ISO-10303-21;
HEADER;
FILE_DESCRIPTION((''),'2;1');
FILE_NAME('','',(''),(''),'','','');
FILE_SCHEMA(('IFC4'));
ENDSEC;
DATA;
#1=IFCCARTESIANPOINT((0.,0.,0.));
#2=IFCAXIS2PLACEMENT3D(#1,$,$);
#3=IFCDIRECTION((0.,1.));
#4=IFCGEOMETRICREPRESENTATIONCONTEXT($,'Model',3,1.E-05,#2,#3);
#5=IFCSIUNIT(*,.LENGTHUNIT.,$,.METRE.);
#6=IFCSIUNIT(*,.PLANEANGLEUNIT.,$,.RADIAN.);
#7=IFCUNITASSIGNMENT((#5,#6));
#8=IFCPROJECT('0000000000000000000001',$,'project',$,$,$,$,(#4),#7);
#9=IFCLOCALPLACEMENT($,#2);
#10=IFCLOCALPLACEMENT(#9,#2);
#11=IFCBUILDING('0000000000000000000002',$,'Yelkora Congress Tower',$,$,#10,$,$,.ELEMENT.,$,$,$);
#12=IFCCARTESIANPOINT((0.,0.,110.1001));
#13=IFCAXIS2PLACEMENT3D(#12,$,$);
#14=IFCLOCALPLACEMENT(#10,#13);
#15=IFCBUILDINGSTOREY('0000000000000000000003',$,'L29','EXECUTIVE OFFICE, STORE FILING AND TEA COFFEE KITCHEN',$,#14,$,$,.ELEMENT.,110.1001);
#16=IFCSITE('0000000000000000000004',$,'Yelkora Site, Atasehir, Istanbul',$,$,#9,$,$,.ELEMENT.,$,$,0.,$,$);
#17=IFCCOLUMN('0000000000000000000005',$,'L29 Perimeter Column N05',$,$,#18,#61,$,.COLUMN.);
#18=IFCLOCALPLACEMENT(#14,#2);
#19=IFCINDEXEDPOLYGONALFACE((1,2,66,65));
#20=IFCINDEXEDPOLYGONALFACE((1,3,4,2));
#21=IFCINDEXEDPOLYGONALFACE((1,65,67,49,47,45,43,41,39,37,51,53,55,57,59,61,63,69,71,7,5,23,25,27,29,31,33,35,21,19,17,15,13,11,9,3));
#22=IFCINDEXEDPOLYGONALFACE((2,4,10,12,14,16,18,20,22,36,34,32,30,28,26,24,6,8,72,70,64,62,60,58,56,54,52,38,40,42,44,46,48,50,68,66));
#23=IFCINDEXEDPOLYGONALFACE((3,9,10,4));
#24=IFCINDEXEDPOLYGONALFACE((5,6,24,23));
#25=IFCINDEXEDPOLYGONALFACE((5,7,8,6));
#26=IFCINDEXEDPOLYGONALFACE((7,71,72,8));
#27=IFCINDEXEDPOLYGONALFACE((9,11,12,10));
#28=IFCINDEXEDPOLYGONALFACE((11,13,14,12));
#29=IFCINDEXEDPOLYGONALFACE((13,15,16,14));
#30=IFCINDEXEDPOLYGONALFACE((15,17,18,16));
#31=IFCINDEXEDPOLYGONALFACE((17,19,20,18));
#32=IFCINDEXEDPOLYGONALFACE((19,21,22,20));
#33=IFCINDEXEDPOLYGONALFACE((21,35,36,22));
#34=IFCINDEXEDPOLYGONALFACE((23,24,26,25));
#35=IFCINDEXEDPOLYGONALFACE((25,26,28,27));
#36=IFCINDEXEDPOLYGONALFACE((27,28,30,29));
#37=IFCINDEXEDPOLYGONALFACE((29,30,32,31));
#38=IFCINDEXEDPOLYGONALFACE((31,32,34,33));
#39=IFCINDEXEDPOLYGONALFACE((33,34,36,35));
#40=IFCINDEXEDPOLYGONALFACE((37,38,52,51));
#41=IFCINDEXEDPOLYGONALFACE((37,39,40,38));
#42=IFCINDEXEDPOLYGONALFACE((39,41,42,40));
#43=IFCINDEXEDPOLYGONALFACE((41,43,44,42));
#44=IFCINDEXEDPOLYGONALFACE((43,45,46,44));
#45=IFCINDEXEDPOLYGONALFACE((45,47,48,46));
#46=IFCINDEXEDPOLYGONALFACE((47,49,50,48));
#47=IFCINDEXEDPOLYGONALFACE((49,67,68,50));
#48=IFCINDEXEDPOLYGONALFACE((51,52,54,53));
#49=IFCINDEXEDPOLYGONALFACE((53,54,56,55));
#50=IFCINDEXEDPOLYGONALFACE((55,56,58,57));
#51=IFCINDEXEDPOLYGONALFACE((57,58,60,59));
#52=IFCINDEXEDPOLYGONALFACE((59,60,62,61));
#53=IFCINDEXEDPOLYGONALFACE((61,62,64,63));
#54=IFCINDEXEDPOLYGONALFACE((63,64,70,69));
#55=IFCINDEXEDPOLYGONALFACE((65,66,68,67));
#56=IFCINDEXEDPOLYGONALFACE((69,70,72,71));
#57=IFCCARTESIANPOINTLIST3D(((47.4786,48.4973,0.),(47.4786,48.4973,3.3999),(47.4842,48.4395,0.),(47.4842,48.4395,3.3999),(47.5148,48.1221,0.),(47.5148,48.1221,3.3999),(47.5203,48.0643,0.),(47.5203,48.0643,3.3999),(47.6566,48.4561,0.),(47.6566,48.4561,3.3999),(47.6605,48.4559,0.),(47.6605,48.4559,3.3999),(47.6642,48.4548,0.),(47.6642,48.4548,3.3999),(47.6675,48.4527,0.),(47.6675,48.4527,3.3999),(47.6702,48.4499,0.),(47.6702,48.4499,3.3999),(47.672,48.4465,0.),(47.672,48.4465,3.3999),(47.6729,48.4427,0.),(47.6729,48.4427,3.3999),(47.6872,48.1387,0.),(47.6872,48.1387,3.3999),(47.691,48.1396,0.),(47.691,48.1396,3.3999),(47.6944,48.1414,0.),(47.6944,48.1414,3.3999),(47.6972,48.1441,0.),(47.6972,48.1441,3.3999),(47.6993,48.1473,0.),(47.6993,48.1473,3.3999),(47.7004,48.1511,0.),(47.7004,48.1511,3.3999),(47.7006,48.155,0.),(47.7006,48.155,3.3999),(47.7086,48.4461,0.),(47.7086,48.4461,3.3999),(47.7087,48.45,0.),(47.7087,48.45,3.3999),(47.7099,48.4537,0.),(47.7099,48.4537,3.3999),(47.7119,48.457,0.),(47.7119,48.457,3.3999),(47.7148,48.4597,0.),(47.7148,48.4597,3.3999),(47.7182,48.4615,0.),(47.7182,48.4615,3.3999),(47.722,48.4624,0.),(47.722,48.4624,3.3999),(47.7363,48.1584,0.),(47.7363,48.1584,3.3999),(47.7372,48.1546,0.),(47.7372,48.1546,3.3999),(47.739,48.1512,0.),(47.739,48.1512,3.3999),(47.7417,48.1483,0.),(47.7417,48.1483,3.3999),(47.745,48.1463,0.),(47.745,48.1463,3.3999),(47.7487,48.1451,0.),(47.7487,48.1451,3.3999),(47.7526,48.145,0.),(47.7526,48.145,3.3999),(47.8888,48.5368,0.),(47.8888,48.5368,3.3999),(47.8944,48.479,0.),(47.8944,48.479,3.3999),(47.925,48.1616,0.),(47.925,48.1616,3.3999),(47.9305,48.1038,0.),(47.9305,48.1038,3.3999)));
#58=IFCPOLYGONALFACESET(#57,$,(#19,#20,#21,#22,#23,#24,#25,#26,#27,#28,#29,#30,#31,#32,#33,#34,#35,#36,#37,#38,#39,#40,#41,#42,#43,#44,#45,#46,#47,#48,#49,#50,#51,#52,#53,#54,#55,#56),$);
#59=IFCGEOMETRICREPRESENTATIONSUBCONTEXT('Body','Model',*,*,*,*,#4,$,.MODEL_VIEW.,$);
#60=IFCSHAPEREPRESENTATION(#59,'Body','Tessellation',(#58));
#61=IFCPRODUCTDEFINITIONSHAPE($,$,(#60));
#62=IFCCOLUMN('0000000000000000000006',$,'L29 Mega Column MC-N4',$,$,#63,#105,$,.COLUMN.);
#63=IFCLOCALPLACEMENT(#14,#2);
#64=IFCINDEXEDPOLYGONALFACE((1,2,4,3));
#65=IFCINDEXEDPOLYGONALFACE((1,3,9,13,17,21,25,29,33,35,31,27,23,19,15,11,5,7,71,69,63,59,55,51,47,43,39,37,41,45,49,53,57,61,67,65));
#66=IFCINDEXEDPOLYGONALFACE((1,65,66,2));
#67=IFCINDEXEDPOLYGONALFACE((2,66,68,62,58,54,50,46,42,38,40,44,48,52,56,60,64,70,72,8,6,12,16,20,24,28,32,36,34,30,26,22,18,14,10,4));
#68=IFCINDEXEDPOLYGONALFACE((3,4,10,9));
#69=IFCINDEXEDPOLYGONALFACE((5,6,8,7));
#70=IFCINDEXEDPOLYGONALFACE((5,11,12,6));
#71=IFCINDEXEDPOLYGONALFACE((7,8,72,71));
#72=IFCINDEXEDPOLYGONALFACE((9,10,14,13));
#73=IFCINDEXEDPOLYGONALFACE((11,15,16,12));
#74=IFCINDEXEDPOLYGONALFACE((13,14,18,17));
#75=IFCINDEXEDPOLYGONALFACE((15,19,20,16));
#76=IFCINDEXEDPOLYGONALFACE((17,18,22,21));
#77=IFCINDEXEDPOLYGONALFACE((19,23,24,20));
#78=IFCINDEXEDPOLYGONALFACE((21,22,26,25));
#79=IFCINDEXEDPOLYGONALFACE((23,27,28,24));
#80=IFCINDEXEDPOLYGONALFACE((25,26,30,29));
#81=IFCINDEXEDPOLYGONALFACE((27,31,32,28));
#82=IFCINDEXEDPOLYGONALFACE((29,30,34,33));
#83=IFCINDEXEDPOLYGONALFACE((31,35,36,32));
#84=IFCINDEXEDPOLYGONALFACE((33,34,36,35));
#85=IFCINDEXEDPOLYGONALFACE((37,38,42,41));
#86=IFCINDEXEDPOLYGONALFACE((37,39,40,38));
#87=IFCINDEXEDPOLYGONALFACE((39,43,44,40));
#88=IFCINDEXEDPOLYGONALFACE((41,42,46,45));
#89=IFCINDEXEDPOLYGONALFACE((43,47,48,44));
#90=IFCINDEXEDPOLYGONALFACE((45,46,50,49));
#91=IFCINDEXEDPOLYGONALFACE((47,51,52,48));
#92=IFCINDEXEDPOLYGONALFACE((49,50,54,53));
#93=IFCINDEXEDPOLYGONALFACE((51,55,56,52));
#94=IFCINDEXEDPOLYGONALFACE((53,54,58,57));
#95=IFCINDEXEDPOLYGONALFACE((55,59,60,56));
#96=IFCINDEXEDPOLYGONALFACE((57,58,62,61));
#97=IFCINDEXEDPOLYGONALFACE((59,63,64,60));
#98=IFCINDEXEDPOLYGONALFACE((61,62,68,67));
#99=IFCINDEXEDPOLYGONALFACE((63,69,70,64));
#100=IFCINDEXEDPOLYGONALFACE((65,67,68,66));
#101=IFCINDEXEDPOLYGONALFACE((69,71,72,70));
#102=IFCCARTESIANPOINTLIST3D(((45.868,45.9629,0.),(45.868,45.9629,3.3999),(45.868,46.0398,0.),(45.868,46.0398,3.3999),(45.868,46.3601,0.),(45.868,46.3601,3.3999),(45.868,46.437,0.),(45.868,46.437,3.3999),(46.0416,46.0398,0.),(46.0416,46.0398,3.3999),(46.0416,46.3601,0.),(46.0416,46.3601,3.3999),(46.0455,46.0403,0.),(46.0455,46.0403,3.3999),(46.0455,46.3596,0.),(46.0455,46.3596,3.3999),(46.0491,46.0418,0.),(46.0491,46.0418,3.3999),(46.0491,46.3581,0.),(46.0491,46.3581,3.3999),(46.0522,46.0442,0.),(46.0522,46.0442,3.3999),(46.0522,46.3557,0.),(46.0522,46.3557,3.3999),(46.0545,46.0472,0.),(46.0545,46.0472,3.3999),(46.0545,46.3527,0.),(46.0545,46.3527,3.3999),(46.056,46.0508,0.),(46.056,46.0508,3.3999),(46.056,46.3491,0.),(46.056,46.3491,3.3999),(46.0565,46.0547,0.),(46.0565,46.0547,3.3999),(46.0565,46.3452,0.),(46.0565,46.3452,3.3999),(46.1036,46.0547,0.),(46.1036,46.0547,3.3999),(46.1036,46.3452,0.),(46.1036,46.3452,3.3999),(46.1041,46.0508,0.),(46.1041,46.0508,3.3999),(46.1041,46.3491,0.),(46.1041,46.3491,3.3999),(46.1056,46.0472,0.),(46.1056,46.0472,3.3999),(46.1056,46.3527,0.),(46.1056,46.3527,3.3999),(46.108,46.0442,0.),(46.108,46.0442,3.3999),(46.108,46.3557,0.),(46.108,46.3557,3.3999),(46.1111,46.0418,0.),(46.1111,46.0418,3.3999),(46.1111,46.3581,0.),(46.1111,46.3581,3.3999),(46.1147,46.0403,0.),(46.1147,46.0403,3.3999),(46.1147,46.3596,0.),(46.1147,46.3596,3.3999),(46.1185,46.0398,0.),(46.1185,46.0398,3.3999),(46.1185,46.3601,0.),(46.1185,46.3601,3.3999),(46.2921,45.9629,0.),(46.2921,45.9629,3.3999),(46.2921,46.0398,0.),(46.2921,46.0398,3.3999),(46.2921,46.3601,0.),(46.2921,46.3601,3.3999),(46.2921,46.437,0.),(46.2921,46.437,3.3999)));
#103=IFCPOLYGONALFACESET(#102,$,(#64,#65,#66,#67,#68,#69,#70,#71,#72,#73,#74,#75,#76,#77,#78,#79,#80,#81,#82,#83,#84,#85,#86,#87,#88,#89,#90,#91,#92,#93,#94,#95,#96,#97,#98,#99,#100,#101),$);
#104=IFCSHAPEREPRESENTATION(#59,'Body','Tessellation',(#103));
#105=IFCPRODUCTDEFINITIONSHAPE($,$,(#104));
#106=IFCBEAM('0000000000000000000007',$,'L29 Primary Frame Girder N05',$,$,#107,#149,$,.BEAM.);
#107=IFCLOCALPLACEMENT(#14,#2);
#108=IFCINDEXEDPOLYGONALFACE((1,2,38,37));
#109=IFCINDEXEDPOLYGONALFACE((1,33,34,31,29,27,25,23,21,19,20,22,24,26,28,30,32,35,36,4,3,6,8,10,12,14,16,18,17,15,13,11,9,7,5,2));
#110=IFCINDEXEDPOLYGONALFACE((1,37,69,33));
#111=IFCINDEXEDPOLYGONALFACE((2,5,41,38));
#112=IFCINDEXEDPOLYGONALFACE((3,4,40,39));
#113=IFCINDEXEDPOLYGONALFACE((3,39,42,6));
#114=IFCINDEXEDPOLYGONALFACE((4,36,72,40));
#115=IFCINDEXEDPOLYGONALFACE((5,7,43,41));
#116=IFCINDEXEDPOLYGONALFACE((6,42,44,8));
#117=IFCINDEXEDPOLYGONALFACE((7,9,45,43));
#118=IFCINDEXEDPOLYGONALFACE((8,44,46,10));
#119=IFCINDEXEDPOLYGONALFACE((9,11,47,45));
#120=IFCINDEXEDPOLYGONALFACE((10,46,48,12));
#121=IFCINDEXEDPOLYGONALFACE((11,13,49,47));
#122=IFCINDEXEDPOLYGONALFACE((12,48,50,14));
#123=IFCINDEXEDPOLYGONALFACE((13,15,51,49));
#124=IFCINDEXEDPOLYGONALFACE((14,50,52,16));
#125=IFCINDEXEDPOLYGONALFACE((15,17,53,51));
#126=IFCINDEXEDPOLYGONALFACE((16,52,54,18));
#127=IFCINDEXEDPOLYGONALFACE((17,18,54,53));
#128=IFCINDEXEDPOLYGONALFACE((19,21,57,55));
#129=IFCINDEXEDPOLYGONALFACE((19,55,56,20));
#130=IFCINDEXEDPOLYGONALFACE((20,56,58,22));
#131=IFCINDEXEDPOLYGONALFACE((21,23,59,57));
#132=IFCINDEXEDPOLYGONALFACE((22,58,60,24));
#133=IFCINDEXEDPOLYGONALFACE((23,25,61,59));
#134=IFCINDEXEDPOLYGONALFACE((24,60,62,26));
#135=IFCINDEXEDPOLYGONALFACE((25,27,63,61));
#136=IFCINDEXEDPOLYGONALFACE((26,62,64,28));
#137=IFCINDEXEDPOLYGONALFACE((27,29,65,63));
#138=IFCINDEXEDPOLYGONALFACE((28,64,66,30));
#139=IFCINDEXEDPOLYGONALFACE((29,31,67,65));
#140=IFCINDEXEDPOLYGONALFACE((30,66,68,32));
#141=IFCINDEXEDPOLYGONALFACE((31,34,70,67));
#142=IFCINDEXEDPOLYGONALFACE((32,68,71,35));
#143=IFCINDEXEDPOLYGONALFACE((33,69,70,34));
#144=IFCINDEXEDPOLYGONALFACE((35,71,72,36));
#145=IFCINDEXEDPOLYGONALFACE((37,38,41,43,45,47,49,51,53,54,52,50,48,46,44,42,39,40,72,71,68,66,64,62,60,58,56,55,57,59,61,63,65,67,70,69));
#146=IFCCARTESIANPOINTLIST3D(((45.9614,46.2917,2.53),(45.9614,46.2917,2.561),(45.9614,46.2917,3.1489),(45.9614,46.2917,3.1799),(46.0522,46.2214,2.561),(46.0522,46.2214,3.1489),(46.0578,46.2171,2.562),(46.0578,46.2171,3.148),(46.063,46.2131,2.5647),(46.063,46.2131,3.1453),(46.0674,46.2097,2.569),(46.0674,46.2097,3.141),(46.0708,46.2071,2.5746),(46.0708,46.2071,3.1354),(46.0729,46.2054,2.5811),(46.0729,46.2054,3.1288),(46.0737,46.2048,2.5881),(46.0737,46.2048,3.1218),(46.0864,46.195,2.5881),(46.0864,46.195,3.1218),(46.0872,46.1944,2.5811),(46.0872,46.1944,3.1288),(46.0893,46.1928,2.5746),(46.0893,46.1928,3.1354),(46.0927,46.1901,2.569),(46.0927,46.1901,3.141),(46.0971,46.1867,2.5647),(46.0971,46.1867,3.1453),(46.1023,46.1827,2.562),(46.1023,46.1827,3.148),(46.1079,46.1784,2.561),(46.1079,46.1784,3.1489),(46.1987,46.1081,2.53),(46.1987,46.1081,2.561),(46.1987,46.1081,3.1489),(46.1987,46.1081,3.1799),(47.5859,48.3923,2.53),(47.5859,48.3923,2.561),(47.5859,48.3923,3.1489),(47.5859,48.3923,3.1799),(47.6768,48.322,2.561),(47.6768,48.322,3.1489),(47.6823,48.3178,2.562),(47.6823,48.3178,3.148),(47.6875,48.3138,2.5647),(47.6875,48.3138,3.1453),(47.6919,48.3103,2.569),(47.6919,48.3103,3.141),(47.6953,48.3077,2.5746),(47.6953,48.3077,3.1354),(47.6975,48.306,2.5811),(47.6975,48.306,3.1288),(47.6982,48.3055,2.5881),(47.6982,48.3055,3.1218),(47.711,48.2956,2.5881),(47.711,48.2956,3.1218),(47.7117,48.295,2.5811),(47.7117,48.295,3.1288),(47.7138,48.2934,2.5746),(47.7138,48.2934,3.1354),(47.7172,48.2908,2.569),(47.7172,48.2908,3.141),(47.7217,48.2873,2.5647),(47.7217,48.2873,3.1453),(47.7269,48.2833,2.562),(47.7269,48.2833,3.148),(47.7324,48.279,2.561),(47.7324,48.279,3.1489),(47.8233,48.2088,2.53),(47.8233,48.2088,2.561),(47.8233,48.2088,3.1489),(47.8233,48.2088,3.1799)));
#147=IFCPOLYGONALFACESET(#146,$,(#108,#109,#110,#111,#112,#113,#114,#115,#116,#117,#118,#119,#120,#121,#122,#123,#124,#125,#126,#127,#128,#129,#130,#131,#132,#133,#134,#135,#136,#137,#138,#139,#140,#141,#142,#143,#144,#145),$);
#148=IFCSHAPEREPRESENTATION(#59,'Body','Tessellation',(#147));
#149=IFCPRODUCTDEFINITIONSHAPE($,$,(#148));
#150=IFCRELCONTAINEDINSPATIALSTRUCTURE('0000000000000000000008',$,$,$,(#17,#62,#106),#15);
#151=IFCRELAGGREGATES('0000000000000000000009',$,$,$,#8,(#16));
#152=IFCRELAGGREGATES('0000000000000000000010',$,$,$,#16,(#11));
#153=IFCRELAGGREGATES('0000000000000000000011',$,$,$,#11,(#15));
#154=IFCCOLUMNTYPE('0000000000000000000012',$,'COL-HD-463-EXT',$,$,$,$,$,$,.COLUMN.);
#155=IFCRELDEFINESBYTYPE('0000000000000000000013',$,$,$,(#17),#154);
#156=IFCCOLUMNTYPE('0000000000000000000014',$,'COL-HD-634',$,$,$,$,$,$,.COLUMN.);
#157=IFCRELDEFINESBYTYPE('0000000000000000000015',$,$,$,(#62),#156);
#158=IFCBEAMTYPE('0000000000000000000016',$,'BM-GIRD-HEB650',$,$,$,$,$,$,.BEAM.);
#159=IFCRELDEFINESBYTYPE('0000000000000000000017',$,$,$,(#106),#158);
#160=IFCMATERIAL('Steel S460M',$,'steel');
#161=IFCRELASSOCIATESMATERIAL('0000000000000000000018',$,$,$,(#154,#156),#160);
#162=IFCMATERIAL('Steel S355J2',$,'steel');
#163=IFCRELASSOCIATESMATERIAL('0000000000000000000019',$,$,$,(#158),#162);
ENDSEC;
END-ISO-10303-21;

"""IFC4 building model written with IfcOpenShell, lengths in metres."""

from ifc_helpers import new_model, si_unit, direction, frame, origin, origin_2d, place, context, subcontext, project, spatial, i_section, extrude, material, material_profile, profile_set, type_object, element, save


model = new_model("IFC4")

# Units and contexts
model_context = context("Model", 3, precision=1e-05, world=origin(), true_north=direction((0.0, 1.0)))
body_context = subcontext(model_context, "Body", "Model", "MODEL_VIEW")
ifc_project = project(units=[si_unit("LENGTHUNIT", "METRE"), si_unit("PLANEANGLEUNIT", "RADIAN")], contexts=[model_context])

# Site, building, storey
site_placement = place(None, origin())
site = spatial("IfcSite", under=ifc_project, at=site_placement, Name="Yelkora Site, Atasehir, Istanbul", CompositionType="ELEMENT", RefElevation=0.0)
building_placement = place(site_placement, origin())
building = spatial("IfcBuilding", under=site, at=building_placement, Name="Yelkora Congress Tower", CompositionType="ELEMENT")
storey_placement = place(building_placement, frame((0.0, 0.0, 110.1001)))
storey = spatial("IfcBuildingStorey", under=building, at=storey_placement, Name="L29", Description="EXECUTIVE OFFICE, STORE FILING AND TEA COFFEE KITCHEN", CompositionType="ELEMENT", Elevation=110.1001)

# Columns
ifc_material_1 = material(Name="Steel S460M", Category="steel")
ifc_material_profile_1 = material_profile(ifc_material_1, i_section(OverallWidth=0.4121, OverallDepth=0.4351, WebThickness=0.0359, FlangeThickness=0.0581, FilletRadius=0.0149, at=origin_2d()), Name="HD 400x463")
ifc_profile_set_1 = profile_set([ifc_material_profile_1], Name="Steel S460M")
column_type_1 = type_object("IfcColumnType", Name="COL-HD-463-EXT", PredefinedType="COLUMN", material=ifc_profile_set_1)
column_1_placement = place(storey_placement, frame((47.7046, 48.3005, 0.0), z_axis=(0.0, 0.0, 1.0), x_axis=(0.995396, 0.095846, 0.0)))
element("IfcColumn", 1, at=column_1_placement, inside=storey, type_object=column_type_1, Name="L29 Perimeter Column N05", PredefinedType="COLUMN", context=body_context, shape_type="SweptSolid", body=[
    extrude(i_section(OverallWidth=0.4121, OverallDepth=0.4351, WebThickness=0.0359, FlangeThickness=0.0581, FilletRadius=0.0149, at=origin_2d()), origin(), (0.0, 0.0, 1.0), 3.3999),
])
ifc_material_profile_2 = material_profile(ifc_material_1, i_section(OverallWidth=0.4241, OverallDepth=0.4741, WebThickness=0.0471, FlangeThickness=0.0769, FilletRadius=0.0149, at=origin_2d()), Name="HD 400x634")
ifc_profile_set_2 = profile_set([ifc_material_profile_2], Name="Steel S460M")
column_type_2 = type_object("IfcColumnType", Name="COL-HD-634", PredefinedType="COLUMN", material=ifc_profile_set_2)
column_2_placement = place(storey_placement, frame((46.0801, 46.2, 0.0), z_axis=(0.0, 0.0, 1.0), x_axis=(1.0, 0.0, 0.0)))
element("IfcColumn", 2, at=column_2_placement, inside=storey, type_object=column_type_2, Name="L29 Mega Column MC-N4", PredefinedType="COLUMN", context=body_context, shape_type="SweptSolid", body=[
    extrude(i_section(OverallWidth=0.4241, OverallDepth=0.4741, WebThickness=0.0471, FlangeThickness=0.0769, FilletRadius=0.0149, at=origin_2d()), origin(), (0.0, 0.0, 1.0), 3.3999),
])

# Beam
ifc_material_2 = material(Name="Steel S355J2", Category="steel")
ifc_material_profile_3 = material_profile(ifc_material_2, i_section(OverallWidth=0.3, OverallDepth=0.6499, WebThickness=0.0161, FlangeThickness=0.031, FilletRadius=0.0271, at=origin_2d()), Name="HEB 650")
ifc_profile_set_3 = profile_set([ifc_material_profile_3], Name="Steel S355J2")
beam_type_1 = type_object("IfcBeamType", Name="BM-GIRD-HEB650", PredefinedType="BEAM", material=ifc_profile_set_3)
beam_1_placement = place(storey_placement, frame((47.7046, 48.3005, 2.855), z_axis=(-0.611761, -0.791042, 0.0), x_axis=(0.791042, -0.611761, 0.0)))
element("IfcBeam", 3, at=beam_1_placement, inside=storey, type_object=beam_type_1, Name="L29 Primary Frame Girder N05", PredefinedType="BEAM", context=body_context, shape_type="SweptSolid", body=[
    extrude(i_section(OverallWidth=0.3, OverallDepth=0.6499, WebThickness=0.0161, FlangeThickness=0.031, FilletRadius=0.0271, at=origin_2d()), origin(), (0.0, 0.0, 1.0), 2.6555),
])

save(model, "model.ifc")
